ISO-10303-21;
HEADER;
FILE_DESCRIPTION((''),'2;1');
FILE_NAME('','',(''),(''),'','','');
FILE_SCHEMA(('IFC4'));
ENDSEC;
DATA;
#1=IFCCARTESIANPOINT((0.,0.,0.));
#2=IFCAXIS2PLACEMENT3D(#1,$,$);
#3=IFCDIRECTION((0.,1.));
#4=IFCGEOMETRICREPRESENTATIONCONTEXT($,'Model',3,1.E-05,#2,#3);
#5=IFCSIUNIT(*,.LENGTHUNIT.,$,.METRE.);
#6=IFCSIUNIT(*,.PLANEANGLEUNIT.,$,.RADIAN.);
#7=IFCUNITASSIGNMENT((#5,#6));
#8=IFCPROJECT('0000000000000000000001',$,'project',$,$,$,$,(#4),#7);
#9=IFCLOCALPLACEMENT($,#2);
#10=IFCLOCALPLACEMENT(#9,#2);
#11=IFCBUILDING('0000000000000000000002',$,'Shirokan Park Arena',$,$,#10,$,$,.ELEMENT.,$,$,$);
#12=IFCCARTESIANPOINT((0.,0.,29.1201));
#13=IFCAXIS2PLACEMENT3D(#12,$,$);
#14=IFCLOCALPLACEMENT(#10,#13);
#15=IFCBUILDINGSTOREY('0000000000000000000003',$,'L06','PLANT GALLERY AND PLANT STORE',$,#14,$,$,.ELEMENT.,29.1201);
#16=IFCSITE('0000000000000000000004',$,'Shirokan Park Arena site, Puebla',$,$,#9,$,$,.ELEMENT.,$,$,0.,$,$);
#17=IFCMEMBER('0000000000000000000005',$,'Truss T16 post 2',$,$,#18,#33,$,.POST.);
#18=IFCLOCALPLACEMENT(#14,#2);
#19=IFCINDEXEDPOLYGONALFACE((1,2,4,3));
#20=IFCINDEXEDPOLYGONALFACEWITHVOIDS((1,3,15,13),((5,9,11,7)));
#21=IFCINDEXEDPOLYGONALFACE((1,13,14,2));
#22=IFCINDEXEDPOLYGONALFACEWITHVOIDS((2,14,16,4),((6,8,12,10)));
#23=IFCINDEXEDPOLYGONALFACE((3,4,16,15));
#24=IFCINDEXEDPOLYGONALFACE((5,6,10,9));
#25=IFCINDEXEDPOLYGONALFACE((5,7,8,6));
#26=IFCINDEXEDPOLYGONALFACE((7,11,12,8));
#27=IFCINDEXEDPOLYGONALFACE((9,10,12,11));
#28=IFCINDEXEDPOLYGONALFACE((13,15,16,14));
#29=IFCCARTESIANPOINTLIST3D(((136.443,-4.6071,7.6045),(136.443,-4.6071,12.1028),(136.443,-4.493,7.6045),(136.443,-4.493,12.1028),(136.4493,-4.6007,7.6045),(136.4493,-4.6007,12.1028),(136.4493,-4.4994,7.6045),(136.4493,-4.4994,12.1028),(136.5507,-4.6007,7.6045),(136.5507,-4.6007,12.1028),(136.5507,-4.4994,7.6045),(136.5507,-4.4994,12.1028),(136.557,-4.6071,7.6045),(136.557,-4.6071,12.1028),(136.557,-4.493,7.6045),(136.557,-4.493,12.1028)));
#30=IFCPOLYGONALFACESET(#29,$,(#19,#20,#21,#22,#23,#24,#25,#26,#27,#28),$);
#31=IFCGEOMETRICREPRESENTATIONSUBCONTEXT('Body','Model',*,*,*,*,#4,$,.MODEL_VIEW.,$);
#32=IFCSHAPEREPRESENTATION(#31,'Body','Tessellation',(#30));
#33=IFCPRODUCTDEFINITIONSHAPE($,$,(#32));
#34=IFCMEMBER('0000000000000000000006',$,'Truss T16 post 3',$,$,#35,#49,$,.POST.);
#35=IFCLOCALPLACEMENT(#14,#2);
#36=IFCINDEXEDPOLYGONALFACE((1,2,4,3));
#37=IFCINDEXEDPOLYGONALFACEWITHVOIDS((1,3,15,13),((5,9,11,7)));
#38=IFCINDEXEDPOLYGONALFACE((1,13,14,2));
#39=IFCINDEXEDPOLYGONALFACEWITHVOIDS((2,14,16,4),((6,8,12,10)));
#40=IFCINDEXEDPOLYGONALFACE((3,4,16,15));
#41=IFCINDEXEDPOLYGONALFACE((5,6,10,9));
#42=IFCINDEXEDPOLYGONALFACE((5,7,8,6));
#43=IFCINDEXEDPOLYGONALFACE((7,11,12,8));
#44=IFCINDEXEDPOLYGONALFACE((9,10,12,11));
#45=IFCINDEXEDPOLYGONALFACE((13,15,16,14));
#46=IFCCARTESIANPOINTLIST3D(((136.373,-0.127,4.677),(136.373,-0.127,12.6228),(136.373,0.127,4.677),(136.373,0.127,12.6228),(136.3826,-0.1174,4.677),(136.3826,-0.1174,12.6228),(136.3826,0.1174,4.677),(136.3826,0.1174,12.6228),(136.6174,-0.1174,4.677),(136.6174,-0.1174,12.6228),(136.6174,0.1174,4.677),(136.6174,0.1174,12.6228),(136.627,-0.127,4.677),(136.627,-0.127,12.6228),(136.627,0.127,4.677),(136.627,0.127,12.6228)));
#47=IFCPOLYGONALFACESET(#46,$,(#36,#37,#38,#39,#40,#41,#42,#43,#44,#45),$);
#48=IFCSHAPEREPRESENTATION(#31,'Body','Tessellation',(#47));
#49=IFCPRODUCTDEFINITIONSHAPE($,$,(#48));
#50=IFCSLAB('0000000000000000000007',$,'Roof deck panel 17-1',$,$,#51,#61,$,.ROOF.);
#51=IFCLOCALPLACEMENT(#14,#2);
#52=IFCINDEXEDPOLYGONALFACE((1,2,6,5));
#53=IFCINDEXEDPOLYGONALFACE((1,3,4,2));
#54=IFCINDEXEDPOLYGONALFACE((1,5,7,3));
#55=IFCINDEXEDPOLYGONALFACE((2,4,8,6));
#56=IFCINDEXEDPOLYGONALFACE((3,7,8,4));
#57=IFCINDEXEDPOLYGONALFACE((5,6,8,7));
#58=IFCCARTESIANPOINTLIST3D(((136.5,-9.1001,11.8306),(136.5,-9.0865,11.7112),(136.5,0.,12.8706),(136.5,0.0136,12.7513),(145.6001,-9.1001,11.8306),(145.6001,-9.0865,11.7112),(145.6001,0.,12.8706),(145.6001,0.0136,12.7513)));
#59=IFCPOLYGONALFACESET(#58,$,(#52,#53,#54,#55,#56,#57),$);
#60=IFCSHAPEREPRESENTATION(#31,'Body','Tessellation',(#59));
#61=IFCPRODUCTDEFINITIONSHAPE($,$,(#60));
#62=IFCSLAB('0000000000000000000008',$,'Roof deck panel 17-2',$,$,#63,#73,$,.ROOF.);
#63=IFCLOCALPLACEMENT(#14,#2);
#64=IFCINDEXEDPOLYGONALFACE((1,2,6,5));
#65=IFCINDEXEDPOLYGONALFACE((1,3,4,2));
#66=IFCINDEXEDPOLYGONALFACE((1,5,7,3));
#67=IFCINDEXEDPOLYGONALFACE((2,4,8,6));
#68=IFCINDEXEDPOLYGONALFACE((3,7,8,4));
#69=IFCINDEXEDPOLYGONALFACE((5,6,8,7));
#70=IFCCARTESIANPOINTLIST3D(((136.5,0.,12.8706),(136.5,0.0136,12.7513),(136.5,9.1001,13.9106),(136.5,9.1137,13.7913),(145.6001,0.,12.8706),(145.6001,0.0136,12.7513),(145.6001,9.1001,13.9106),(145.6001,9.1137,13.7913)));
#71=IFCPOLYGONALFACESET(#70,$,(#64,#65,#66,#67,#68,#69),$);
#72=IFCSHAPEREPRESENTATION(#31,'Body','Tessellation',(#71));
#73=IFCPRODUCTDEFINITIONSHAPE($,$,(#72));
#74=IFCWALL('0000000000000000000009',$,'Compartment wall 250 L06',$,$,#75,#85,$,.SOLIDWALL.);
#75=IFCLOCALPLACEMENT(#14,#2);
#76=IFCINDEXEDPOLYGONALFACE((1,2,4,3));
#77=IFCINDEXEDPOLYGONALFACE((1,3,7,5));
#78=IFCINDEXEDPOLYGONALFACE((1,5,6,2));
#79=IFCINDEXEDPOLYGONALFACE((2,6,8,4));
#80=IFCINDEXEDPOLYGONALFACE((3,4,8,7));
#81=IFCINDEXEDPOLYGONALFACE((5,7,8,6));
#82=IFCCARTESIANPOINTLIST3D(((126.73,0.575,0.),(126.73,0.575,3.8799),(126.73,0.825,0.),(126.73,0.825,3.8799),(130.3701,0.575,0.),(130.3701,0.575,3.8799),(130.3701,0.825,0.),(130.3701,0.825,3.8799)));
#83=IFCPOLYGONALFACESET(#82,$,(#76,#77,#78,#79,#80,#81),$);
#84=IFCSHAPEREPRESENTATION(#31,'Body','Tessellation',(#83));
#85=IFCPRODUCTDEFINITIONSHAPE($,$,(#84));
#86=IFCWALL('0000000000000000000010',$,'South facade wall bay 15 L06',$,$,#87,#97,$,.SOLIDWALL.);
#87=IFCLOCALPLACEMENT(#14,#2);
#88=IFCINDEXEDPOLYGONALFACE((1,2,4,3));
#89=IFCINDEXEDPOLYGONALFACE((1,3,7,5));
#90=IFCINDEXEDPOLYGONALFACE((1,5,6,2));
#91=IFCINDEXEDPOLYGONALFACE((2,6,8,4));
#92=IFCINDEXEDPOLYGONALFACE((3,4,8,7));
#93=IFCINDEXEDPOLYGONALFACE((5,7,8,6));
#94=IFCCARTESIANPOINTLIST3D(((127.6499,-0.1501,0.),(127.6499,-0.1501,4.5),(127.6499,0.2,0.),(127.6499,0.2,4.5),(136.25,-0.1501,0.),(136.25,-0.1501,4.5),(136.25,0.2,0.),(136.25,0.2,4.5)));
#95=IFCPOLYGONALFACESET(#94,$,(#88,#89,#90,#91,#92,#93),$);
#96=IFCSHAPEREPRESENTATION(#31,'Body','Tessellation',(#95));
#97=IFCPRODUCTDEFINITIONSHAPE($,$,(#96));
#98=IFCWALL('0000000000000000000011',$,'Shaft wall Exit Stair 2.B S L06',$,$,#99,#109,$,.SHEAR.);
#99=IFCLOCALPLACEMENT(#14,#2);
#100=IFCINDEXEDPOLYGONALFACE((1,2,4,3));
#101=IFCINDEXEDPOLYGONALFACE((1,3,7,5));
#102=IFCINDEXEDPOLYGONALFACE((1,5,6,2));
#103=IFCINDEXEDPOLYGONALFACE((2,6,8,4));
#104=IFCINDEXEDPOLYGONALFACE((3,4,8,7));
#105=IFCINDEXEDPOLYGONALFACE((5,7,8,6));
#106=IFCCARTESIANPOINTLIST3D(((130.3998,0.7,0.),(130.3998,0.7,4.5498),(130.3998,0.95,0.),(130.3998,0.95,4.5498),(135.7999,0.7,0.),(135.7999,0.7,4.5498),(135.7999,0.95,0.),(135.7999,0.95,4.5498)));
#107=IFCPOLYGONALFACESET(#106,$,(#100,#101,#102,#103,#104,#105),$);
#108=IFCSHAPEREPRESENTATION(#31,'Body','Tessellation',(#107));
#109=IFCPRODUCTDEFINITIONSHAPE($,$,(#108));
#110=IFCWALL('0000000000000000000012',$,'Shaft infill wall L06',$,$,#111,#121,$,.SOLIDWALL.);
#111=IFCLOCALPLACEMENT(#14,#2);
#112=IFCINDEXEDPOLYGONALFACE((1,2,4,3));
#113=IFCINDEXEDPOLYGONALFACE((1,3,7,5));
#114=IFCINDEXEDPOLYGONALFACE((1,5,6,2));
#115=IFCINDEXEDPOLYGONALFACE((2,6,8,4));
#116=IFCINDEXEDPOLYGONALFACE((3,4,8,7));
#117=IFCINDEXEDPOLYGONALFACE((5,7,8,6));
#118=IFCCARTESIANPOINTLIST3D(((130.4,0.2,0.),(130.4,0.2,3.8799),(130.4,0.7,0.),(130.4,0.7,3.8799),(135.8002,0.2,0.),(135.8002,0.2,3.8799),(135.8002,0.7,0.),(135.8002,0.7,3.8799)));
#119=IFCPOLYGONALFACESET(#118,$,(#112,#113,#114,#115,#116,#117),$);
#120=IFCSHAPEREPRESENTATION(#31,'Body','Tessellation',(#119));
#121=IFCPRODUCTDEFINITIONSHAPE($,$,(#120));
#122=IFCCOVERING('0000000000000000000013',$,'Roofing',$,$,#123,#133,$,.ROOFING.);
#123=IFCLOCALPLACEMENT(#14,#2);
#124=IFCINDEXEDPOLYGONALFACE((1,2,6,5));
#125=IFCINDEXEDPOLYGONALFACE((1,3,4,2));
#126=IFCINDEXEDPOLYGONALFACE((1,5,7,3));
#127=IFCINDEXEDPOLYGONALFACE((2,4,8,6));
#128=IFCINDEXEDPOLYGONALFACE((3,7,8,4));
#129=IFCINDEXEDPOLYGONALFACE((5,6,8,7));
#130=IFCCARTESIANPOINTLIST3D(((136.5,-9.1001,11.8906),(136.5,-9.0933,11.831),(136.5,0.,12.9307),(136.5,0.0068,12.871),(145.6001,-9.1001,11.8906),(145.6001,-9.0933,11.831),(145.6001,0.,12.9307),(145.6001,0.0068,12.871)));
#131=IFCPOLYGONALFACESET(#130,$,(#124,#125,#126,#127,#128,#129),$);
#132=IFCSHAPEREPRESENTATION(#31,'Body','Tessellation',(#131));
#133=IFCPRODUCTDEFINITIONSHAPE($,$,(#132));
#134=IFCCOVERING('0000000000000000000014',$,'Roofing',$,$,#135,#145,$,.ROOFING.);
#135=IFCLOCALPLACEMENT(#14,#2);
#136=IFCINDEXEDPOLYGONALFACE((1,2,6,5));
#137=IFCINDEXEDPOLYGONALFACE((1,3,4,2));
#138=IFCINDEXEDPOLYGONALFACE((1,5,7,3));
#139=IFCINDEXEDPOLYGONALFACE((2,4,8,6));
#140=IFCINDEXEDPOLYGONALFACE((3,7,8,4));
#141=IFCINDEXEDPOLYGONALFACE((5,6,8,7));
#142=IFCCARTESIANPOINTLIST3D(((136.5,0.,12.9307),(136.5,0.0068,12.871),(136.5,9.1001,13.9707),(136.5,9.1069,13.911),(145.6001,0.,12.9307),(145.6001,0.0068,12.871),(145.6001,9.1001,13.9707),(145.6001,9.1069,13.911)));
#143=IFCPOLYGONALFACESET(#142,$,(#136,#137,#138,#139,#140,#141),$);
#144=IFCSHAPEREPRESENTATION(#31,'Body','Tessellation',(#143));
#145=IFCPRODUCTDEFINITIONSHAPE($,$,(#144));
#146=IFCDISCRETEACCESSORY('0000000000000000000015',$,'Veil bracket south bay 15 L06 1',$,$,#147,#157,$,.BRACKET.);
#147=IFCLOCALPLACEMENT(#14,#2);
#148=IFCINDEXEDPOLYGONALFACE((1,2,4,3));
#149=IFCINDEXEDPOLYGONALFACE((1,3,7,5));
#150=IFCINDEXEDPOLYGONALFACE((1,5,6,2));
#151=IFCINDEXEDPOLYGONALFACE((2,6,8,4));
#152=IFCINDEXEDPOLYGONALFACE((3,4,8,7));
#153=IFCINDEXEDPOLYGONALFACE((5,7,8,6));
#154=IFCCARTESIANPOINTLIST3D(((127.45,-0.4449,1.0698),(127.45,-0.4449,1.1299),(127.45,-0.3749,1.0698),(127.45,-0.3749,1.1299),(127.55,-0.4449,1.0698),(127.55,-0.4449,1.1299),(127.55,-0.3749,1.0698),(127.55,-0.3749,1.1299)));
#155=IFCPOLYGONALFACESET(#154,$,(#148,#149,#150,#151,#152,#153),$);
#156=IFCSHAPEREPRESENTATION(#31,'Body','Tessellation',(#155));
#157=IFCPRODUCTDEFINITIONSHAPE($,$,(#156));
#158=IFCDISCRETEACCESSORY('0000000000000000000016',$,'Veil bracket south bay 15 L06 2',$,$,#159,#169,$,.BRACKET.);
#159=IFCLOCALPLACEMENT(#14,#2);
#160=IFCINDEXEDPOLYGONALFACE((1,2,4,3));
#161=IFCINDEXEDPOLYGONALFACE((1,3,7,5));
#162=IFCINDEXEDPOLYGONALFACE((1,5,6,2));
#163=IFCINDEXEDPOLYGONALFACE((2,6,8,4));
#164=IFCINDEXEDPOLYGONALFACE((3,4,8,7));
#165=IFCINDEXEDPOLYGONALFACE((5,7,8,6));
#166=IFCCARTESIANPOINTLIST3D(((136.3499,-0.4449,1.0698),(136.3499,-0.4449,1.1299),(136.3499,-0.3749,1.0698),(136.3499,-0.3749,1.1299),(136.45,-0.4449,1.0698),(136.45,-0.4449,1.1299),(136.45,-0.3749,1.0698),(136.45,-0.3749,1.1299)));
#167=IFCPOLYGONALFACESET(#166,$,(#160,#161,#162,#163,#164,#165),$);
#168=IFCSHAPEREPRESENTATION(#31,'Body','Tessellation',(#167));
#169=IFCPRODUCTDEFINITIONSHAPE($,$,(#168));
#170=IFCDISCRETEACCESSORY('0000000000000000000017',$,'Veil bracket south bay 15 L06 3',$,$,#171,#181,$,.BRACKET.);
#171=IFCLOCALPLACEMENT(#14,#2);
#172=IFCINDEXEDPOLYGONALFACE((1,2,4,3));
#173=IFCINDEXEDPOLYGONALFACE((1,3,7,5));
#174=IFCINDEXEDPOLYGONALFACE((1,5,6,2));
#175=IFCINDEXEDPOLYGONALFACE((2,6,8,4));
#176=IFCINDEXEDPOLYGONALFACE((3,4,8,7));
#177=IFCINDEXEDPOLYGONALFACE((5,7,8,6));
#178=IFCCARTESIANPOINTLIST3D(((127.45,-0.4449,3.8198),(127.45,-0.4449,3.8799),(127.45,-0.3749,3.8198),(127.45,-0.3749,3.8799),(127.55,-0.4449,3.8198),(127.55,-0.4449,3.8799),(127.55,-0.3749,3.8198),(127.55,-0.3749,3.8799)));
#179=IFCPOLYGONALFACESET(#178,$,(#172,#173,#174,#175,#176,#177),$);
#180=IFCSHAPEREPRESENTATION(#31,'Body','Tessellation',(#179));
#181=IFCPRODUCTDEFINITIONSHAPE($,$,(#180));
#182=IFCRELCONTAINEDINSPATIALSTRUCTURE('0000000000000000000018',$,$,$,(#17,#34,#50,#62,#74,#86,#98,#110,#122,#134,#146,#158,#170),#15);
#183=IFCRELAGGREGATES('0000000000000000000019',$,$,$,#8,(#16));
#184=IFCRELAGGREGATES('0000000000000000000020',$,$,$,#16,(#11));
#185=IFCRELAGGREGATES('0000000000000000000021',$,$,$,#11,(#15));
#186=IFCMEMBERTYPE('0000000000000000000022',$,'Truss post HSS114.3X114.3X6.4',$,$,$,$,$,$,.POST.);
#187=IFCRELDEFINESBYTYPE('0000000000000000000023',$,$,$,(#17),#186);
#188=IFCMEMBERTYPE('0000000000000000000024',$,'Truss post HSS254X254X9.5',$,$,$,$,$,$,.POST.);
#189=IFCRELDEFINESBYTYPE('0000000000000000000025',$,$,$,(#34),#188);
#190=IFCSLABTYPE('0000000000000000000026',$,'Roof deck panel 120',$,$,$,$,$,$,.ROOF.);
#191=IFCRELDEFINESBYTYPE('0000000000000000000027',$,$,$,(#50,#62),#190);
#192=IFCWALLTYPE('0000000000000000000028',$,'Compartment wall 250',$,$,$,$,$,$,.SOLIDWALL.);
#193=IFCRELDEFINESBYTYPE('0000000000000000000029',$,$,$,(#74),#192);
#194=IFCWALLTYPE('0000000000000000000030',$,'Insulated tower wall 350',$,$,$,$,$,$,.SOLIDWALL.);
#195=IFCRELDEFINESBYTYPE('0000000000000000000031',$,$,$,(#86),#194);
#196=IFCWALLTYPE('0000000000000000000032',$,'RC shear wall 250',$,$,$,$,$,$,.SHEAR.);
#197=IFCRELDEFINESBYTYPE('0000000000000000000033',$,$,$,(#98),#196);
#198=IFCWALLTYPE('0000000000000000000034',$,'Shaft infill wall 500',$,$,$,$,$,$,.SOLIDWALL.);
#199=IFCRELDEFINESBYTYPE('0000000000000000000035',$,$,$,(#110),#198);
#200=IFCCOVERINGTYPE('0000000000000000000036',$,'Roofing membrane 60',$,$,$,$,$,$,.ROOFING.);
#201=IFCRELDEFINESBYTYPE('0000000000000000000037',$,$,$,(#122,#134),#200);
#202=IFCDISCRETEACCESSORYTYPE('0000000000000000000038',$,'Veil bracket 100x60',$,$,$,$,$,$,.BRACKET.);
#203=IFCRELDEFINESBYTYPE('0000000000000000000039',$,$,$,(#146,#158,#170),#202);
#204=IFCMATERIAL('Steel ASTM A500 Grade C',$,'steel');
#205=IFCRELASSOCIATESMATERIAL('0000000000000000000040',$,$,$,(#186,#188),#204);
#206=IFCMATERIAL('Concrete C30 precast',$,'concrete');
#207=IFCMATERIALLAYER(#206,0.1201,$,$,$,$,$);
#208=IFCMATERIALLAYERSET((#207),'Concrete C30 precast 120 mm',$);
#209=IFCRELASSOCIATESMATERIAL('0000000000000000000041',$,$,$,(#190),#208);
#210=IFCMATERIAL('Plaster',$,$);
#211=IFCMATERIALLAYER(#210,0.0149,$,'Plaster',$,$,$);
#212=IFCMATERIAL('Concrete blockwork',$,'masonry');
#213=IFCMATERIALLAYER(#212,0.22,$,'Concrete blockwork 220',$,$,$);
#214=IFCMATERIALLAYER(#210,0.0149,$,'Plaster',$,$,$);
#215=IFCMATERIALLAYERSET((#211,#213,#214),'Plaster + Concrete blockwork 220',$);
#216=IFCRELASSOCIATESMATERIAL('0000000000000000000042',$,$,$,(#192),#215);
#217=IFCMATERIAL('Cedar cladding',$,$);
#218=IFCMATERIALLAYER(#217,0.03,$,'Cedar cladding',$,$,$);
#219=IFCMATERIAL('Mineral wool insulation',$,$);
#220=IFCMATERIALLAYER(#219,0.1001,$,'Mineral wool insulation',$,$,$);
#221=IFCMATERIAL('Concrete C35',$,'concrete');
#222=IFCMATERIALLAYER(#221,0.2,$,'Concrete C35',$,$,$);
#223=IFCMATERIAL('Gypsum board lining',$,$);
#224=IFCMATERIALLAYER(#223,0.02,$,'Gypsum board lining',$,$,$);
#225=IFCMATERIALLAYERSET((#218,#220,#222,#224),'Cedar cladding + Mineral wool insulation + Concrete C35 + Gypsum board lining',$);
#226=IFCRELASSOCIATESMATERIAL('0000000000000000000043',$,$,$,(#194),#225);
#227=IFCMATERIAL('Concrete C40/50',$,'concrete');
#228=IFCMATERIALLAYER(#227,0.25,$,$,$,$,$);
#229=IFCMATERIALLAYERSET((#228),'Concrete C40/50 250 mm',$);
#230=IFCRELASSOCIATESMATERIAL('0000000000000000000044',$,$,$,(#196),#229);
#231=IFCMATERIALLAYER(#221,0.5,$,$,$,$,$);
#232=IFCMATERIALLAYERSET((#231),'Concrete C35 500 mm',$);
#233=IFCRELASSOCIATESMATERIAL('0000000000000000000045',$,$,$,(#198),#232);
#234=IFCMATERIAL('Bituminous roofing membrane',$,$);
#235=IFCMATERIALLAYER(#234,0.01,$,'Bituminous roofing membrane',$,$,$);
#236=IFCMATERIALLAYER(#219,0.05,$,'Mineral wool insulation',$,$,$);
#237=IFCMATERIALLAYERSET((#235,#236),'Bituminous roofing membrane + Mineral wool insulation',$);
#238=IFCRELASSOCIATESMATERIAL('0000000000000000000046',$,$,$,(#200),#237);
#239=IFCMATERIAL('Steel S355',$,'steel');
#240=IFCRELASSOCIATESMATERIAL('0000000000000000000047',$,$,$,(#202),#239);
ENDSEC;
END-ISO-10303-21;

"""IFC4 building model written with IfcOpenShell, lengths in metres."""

from ifc_helpers import new_model, si_unit, direction, frame, frame_2d, origin, origin_2d, place, context, subcontext, project, spatial, polyline, rectangle, hollow_rectangle, outline, extrude, material, layer, layer_set, material_profile, profile_set, type_object, element, save


model = new_model("IFC4")

# Units and contexts
model_context = context("Model", 3, precision=1e-05, world=origin(), true_north=direction((0.0, 1.0)))
body_context = subcontext(model_context, "Body", "Model", "MODEL_VIEW")
ifc_project = project(units=[si_unit("LENGTHUNIT", "METRE"), si_unit("PLANEANGLEUNIT", "RADIAN")], contexts=[model_context])

# Site, building, storey
site_placement = place(None, origin())
site = spatial("IfcSite", under=ifc_project, at=site_placement, Name="Shirokan Park Arena site, Puebla", CompositionType="ELEMENT", RefElevation=0.0)
building_placement = place(site_placement, origin())
building = spatial("IfcBuilding", under=site, at=building_placement, Name="Shirokan Park Arena", CompositionType="ELEMENT")
storey_placement = place(building_placement, frame((0.0, 0.0, 29.1201)))
storey = spatial("IfcBuildingStorey", under=building, at=storey_placement, Name="L06", Description="PLANT GALLERY AND PLANT STORE", CompositionType="ELEMENT", Elevation=29.1201)

# Shared definitions
ifc_material_1 = material(Name="Concrete C35", Category="concrete")

# Shared definitions
ifc_material_2 = material(Name="Steel ASTM A500 Grade C", Category="steel")

# Members
ifc_material_profile_1 = material_profile(ifc_material_2, hollow_rectangle(XDim=0.114, YDim=0.114, WallThickness=0.0063, at=origin_2d()), Name="HSS114.3X114.3X6.4")
ifc_profile_set_1 = profile_set([ifc_material_profile_1], Name="Steel ASTM A500 Grade C")
member_type_1 = type_object("IfcMemberType", Name="Truss post HSS114.3X114.3X6.4", PredefinedType="POST", material=ifc_profile_set_1)
member_1_placement = place(storey_placement, frame((136.5, -4.55, 7.6045), z_axis=(0.0, 0.0, 1.0), x_axis=(1.0, 0.0, 0.0)))
element("IfcMember", 1, at=member_1_placement, inside=storey, type_object=member_type_1, Name="Truss T16 post 2", PredefinedType="POST", context=body_context, shape_type="SweptSolid", body=[
    extrude(hollow_rectangle(XDim=0.114, YDim=0.114, WallThickness=0.0063, at=origin_2d()), origin(), (0.0, 0.0, 1.0), 4.4983),
])
ifc_material_profile_2 = material_profile(ifc_material_2, hollow_rectangle(XDim=0.2539, YDim=0.2539, WallThickness=0.0095, at=origin_2d()), Name="HSS254X254X9.5")
ifc_profile_set_2 = profile_set([ifc_material_profile_2], Name="Steel ASTM A500 Grade C")
member_type_2 = type_object("IfcMemberType", Name="Truss post HSS254X254X9.5", PredefinedType="POST", material=ifc_profile_set_2)
member_2_placement = place(storey_placement, frame((136.5, 0.0, 4.677), z_axis=(0.0, 0.0, 1.0), x_axis=(1.0, 0.0, 0.0)))
element("IfcMember", 2, at=member_2_placement, inside=storey, type_object=member_type_2, Name="Truss T16 post 3", PredefinedType="POST", context=body_context, shape_type="SweptSolid", body=[
    extrude(hollow_rectangle(XDim=0.2539, YDim=0.2539, WallThickness=0.0095, at=origin_2d()), origin(), (0.0, 0.0, 1.0), 7.9458),
])

# Slabs
ifc_material_3 = material(Name="Concrete C30 precast", Category="concrete")
ifc_layer_1 = layer(ifc_material_3, 0.1201)
ifc_layer_set_1 = layer_set([ifc_layer_1], Name="Concrete C30 precast 120 mm")
slab_type = type_object("IfcSlabType", Name="Roof deck panel 120", PredefinedType="ROOF", material=ifc_layer_set_1)
for number, where, z_axis, x_axis, name in (
    (3, (136.5, -9.1001, 11.8306), (0.0, -0.11355, 0.993532), (1.0, 0.0, 0.0), "Roof deck panel 17-1"),
    (4, (136.5, 0.0, 12.8706), (0.0, -0.11355, 0.993532), (1.0, 0.0, 0.0), "Roof deck panel 17-2"),
):
    element("IfcSlab", number, at=place(storey_placement, frame(where, z_axis=z_axis, x_axis=x_axis)), inside=storey, type_object=slab_type, Name=name, PredefinedType="ROOF", context=body_context, shape_type="SweptSolid", body=[
        extrude(outline(polyline([(0.0, 0.0), (9.1001, 0.0), (9.1001, 9.1593), (0.0, 9.1593), (0.0, 0.0)])), origin(), (0.0, 0.0, -1.0), 0.1201),
    ])

# Walls
ifc_material_4 = material(Name="Plaster")
ifc_layer_2 = layer(ifc_material_4, 0.0149, Name="Plaster")
ifc_material_5 = material(Name="Concrete blockwork", Category="masonry")
ifc_layer_3 = layer(ifc_material_5, 0.22, Name="Concrete blockwork 220")
ifc_layer_4 = layer(ifc_material_4, 0.0149, Name="Plaster")
ifc_layer_set_2 = layer_set([ifc_layer_2, ifc_layer_3, ifc_layer_4], Name="Plaster + Concrete blockwork 220")
wall_type_1 = type_object("IfcWallType", Name="Compartment wall 250", PredefinedType="SOLIDWALL", material=ifc_layer_set_2)
wall_1_placement = place(storey_placement, frame((130.3701, 0.7, 0.0), z_axis=(0.0, 0.0, 1.0), x_axis=(-1.0, 0.0, 0.0)))
element("IfcWall", 5, at=wall_1_placement, inside=storey, type_object=wall_type_1, Name="Compartment wall 250 L06", PredefinedType="SOLIDWALL", context=body_context, shape_type="SweptSolid", body=[
    extrude(rectangle(XDim=3.6401, YDim=0.25, at=frame_2d((1.8201, 0.0))), origin(), (0.0, 0.0, 1.0), 3.8799),
])
ifc_material_6 = material(Name="Cedar cladding")
ifc_layer_5 = layer(ifc_material_6, 0.03, Name="Cedar cladding")
ifc_material_7 = material(Name="Mineral wool insulation")
ifc_layer_6 = layer(ifc_material_7, 0.1001, Name="Mineral wool insulation")
ifc_layer_7 = layer(ifc_material_1, 0.2, Name="Concrete C35")
ifc_material_8 = material(Name="Gypsum board lining")
ifc_layer_8 = layer(ifc_material_8, 0.02, Name="Gypsum board lining")
ifc_layer_set_3 = layer_set([ifc_layer_5, ifc_layer_6, ifc_layer_7, ifc_layer_8], Name="Cedar cladding + Mineral wool insulation + Concrete C35 + Gypsum board lining")
wall_type_2 = type_object("IfcWallType", Name="Insulated tower wall 350", PredefinedType="SOLIDWALL", material=ifc_layer_set_3)
wall_2_placement = place(storey_placement, frame((127.6499, 0.0249, 0.0), z_axis=(0.0, 0.0, 1.0), x_axis=(1.0, 0.0, 0.0)))
element("IfcWall", 6, at=wall_2_placement, inside=storey, type_object=wall_type_2, Name="South facade wall bay 15 L06", PredefinedType="SOLIDWALL", context=body_context, shape_type="SweptSolid", body=[
    extrude(rectangle(XDim=8.6001, YDim=0.3501, at=frame_2d((4.3, 0.0))), origin(), (0.0, 0.0, 1.0), 4.5),
])
ifc_material_9 = material(Name="Concrete C40/50", Category="concrete")
ifc_layer_9 = layer(ifc_material_9, 0.25)
ifc_layer_set_4 = layer_set([ifc_layer_9], Name="Concrete C40/50 250 mm")
wall_type_3 = type_object("IfcWallType", Name="RC shear wall 250", PredefinedType="SHEAR", material=ifc_layer_set_4)
wall_3_placement = place(storey_placement, frame((135.8, 0.825, 0.0), z_axis=(0.0, 0.0, 1.0), x_axis=(-1.0, 0.0, 0.0)))
element("IfcWall", 7, at=wall_3_placement, inside=storey, type_object=wall_type_3, Name="Shaft wall Exit Stair 2.B S L06", PredefinedType="SHEAR", context=body_context, shape_type="SweptSolid", body=[
    extrude(rectangle(XDim=5.4001, YDim=0.25, at=frame_2d((2.7002, 0.0))), origin(), (0.0, 0.0, 1.0), 4.5498),
])
ifc_layer_10 = layer(ifc_material_1, 0.5)
ifc_layer_set_5 = layer_set([ifc_layer_10], Name="Concrete C35 500 mm")
wall_type_4 = type_object("IfcWallType", Name="Shaft infill wall 500", PredefinedType="SOLIDWALL", material=ifc_layer_set_5)
wall_4_placement = place(storey_placement, frame((130.3999, 0.45, 0.0), z_axis=(0.0, 0.0, 1.0), x_axis=(1.0, 0.0, 0.0)))
element("IfcWall", 8, at=wall_4_placement, inside=storey, type_object=wall_type_4, Name="Shaft infill wall L06", PredefinedType="SOLIDWALL", context=body_context, shape_type="SweptSolid", body=[
    extrude(rectangle(XDim=5.4001, YDim=0.5, at=frame_2d((2.7002, 0.0))), origin(), (0.0, 0.0, 1.0), 3.8799),
])

# Coverings
ifc_material_10 = material(Name="Bituminous roofing membrane")
ifc_layer_11 = layer(ifc_material_10, 0.01, Name="Bituminous roofing membrane")
ifc_layer_12 = layer(ifc_material_7, 0.05, Name="Mineral wool insulation")
ifc_layer_set_6 = layer_set([ifc_layer_11, ifc_layer_12], Name="Bituminous roofing membrane + Mineral wool insulation")
covering_type = type_object("IfcCoveringType", Name="Roofing membrane 60", PredefinedType="ROOFING", material=ifc_layer_set_6)
for number, where, z_axis, x_axis, name in (
    (9, (136.5, -9.1001, 11.8906), (0.0, -0.11355, 0.993532), (1.0, 0.0, 0.0), "Roofing"),
    (10, (136.5, 0.0, 12.9307), (0.0, -0.11355, 0.993532), (1.0, 0.0, 0.0), "Roofing"),
):
    element("IfcCovering", number, at=place(storey_placement, frame(where, z_axis=z_axis, x_axis=x_axis)), inside=storey, type_object=covering_type, Name=name, PredefinedType="ROOFING", context=body_context, shape_type="SweptSolid", body=[
        extrude(outline(polyline([(0.0, 0.0), (9.1001, 0.0), (9.1001, 9.1593), (0.0, 9.1593), (0.0, 0.0)])), origin(), (0.0, 0.0, -1.0), 0.0601),
    ])

# Discrete accessories
ifc_material_11 = material(Name="Steel S355", Category="steel")
discrete_accessory_type = type_object("IfcDiscreteAccessoryType", Name="Veil bracket 100x60", PredefinedType="BRACKET", material=ifc_material_11)
for number, where, z_axis, x_axis, name in (
    (11, (127.5, -0.4099, 1.0698), (0.0, 0.0, 1.0), (1.0, 0.0, 0.0), "Veil bracket south bay 15 L06 1"),
    (12, (136.3999, -0.4099, 1.0698), (0.0, 0.0, 1.0), (1.0, 0.0, 0.0), "Veil bracket south bay 15 L06 2"),
    (13, (127.5, -0.4099, 3.8198), (0.0, 0.0, 1.0), (1.0, 0.0, 0.0), "Veil bracket south bay 15 L06 3"),
):
    element("IfcDiscreteAccessory", number, at=place(storey_placement, frame(where, z_axis=z_axis, x_axis=x_axis)), inside=storey, type_object=discrete_accessory_type, Name=name, PredefinedType="BRACKET", context=body_context, shape_type="SweptSolid", body=[
        extrude(rectangle(XDim=0.1001, YDim=0.0701, at=origin_2d()), origin(), (0.0, 0.0, 1.0), 0.0601),
    ])

save(model, "model.ifc")
